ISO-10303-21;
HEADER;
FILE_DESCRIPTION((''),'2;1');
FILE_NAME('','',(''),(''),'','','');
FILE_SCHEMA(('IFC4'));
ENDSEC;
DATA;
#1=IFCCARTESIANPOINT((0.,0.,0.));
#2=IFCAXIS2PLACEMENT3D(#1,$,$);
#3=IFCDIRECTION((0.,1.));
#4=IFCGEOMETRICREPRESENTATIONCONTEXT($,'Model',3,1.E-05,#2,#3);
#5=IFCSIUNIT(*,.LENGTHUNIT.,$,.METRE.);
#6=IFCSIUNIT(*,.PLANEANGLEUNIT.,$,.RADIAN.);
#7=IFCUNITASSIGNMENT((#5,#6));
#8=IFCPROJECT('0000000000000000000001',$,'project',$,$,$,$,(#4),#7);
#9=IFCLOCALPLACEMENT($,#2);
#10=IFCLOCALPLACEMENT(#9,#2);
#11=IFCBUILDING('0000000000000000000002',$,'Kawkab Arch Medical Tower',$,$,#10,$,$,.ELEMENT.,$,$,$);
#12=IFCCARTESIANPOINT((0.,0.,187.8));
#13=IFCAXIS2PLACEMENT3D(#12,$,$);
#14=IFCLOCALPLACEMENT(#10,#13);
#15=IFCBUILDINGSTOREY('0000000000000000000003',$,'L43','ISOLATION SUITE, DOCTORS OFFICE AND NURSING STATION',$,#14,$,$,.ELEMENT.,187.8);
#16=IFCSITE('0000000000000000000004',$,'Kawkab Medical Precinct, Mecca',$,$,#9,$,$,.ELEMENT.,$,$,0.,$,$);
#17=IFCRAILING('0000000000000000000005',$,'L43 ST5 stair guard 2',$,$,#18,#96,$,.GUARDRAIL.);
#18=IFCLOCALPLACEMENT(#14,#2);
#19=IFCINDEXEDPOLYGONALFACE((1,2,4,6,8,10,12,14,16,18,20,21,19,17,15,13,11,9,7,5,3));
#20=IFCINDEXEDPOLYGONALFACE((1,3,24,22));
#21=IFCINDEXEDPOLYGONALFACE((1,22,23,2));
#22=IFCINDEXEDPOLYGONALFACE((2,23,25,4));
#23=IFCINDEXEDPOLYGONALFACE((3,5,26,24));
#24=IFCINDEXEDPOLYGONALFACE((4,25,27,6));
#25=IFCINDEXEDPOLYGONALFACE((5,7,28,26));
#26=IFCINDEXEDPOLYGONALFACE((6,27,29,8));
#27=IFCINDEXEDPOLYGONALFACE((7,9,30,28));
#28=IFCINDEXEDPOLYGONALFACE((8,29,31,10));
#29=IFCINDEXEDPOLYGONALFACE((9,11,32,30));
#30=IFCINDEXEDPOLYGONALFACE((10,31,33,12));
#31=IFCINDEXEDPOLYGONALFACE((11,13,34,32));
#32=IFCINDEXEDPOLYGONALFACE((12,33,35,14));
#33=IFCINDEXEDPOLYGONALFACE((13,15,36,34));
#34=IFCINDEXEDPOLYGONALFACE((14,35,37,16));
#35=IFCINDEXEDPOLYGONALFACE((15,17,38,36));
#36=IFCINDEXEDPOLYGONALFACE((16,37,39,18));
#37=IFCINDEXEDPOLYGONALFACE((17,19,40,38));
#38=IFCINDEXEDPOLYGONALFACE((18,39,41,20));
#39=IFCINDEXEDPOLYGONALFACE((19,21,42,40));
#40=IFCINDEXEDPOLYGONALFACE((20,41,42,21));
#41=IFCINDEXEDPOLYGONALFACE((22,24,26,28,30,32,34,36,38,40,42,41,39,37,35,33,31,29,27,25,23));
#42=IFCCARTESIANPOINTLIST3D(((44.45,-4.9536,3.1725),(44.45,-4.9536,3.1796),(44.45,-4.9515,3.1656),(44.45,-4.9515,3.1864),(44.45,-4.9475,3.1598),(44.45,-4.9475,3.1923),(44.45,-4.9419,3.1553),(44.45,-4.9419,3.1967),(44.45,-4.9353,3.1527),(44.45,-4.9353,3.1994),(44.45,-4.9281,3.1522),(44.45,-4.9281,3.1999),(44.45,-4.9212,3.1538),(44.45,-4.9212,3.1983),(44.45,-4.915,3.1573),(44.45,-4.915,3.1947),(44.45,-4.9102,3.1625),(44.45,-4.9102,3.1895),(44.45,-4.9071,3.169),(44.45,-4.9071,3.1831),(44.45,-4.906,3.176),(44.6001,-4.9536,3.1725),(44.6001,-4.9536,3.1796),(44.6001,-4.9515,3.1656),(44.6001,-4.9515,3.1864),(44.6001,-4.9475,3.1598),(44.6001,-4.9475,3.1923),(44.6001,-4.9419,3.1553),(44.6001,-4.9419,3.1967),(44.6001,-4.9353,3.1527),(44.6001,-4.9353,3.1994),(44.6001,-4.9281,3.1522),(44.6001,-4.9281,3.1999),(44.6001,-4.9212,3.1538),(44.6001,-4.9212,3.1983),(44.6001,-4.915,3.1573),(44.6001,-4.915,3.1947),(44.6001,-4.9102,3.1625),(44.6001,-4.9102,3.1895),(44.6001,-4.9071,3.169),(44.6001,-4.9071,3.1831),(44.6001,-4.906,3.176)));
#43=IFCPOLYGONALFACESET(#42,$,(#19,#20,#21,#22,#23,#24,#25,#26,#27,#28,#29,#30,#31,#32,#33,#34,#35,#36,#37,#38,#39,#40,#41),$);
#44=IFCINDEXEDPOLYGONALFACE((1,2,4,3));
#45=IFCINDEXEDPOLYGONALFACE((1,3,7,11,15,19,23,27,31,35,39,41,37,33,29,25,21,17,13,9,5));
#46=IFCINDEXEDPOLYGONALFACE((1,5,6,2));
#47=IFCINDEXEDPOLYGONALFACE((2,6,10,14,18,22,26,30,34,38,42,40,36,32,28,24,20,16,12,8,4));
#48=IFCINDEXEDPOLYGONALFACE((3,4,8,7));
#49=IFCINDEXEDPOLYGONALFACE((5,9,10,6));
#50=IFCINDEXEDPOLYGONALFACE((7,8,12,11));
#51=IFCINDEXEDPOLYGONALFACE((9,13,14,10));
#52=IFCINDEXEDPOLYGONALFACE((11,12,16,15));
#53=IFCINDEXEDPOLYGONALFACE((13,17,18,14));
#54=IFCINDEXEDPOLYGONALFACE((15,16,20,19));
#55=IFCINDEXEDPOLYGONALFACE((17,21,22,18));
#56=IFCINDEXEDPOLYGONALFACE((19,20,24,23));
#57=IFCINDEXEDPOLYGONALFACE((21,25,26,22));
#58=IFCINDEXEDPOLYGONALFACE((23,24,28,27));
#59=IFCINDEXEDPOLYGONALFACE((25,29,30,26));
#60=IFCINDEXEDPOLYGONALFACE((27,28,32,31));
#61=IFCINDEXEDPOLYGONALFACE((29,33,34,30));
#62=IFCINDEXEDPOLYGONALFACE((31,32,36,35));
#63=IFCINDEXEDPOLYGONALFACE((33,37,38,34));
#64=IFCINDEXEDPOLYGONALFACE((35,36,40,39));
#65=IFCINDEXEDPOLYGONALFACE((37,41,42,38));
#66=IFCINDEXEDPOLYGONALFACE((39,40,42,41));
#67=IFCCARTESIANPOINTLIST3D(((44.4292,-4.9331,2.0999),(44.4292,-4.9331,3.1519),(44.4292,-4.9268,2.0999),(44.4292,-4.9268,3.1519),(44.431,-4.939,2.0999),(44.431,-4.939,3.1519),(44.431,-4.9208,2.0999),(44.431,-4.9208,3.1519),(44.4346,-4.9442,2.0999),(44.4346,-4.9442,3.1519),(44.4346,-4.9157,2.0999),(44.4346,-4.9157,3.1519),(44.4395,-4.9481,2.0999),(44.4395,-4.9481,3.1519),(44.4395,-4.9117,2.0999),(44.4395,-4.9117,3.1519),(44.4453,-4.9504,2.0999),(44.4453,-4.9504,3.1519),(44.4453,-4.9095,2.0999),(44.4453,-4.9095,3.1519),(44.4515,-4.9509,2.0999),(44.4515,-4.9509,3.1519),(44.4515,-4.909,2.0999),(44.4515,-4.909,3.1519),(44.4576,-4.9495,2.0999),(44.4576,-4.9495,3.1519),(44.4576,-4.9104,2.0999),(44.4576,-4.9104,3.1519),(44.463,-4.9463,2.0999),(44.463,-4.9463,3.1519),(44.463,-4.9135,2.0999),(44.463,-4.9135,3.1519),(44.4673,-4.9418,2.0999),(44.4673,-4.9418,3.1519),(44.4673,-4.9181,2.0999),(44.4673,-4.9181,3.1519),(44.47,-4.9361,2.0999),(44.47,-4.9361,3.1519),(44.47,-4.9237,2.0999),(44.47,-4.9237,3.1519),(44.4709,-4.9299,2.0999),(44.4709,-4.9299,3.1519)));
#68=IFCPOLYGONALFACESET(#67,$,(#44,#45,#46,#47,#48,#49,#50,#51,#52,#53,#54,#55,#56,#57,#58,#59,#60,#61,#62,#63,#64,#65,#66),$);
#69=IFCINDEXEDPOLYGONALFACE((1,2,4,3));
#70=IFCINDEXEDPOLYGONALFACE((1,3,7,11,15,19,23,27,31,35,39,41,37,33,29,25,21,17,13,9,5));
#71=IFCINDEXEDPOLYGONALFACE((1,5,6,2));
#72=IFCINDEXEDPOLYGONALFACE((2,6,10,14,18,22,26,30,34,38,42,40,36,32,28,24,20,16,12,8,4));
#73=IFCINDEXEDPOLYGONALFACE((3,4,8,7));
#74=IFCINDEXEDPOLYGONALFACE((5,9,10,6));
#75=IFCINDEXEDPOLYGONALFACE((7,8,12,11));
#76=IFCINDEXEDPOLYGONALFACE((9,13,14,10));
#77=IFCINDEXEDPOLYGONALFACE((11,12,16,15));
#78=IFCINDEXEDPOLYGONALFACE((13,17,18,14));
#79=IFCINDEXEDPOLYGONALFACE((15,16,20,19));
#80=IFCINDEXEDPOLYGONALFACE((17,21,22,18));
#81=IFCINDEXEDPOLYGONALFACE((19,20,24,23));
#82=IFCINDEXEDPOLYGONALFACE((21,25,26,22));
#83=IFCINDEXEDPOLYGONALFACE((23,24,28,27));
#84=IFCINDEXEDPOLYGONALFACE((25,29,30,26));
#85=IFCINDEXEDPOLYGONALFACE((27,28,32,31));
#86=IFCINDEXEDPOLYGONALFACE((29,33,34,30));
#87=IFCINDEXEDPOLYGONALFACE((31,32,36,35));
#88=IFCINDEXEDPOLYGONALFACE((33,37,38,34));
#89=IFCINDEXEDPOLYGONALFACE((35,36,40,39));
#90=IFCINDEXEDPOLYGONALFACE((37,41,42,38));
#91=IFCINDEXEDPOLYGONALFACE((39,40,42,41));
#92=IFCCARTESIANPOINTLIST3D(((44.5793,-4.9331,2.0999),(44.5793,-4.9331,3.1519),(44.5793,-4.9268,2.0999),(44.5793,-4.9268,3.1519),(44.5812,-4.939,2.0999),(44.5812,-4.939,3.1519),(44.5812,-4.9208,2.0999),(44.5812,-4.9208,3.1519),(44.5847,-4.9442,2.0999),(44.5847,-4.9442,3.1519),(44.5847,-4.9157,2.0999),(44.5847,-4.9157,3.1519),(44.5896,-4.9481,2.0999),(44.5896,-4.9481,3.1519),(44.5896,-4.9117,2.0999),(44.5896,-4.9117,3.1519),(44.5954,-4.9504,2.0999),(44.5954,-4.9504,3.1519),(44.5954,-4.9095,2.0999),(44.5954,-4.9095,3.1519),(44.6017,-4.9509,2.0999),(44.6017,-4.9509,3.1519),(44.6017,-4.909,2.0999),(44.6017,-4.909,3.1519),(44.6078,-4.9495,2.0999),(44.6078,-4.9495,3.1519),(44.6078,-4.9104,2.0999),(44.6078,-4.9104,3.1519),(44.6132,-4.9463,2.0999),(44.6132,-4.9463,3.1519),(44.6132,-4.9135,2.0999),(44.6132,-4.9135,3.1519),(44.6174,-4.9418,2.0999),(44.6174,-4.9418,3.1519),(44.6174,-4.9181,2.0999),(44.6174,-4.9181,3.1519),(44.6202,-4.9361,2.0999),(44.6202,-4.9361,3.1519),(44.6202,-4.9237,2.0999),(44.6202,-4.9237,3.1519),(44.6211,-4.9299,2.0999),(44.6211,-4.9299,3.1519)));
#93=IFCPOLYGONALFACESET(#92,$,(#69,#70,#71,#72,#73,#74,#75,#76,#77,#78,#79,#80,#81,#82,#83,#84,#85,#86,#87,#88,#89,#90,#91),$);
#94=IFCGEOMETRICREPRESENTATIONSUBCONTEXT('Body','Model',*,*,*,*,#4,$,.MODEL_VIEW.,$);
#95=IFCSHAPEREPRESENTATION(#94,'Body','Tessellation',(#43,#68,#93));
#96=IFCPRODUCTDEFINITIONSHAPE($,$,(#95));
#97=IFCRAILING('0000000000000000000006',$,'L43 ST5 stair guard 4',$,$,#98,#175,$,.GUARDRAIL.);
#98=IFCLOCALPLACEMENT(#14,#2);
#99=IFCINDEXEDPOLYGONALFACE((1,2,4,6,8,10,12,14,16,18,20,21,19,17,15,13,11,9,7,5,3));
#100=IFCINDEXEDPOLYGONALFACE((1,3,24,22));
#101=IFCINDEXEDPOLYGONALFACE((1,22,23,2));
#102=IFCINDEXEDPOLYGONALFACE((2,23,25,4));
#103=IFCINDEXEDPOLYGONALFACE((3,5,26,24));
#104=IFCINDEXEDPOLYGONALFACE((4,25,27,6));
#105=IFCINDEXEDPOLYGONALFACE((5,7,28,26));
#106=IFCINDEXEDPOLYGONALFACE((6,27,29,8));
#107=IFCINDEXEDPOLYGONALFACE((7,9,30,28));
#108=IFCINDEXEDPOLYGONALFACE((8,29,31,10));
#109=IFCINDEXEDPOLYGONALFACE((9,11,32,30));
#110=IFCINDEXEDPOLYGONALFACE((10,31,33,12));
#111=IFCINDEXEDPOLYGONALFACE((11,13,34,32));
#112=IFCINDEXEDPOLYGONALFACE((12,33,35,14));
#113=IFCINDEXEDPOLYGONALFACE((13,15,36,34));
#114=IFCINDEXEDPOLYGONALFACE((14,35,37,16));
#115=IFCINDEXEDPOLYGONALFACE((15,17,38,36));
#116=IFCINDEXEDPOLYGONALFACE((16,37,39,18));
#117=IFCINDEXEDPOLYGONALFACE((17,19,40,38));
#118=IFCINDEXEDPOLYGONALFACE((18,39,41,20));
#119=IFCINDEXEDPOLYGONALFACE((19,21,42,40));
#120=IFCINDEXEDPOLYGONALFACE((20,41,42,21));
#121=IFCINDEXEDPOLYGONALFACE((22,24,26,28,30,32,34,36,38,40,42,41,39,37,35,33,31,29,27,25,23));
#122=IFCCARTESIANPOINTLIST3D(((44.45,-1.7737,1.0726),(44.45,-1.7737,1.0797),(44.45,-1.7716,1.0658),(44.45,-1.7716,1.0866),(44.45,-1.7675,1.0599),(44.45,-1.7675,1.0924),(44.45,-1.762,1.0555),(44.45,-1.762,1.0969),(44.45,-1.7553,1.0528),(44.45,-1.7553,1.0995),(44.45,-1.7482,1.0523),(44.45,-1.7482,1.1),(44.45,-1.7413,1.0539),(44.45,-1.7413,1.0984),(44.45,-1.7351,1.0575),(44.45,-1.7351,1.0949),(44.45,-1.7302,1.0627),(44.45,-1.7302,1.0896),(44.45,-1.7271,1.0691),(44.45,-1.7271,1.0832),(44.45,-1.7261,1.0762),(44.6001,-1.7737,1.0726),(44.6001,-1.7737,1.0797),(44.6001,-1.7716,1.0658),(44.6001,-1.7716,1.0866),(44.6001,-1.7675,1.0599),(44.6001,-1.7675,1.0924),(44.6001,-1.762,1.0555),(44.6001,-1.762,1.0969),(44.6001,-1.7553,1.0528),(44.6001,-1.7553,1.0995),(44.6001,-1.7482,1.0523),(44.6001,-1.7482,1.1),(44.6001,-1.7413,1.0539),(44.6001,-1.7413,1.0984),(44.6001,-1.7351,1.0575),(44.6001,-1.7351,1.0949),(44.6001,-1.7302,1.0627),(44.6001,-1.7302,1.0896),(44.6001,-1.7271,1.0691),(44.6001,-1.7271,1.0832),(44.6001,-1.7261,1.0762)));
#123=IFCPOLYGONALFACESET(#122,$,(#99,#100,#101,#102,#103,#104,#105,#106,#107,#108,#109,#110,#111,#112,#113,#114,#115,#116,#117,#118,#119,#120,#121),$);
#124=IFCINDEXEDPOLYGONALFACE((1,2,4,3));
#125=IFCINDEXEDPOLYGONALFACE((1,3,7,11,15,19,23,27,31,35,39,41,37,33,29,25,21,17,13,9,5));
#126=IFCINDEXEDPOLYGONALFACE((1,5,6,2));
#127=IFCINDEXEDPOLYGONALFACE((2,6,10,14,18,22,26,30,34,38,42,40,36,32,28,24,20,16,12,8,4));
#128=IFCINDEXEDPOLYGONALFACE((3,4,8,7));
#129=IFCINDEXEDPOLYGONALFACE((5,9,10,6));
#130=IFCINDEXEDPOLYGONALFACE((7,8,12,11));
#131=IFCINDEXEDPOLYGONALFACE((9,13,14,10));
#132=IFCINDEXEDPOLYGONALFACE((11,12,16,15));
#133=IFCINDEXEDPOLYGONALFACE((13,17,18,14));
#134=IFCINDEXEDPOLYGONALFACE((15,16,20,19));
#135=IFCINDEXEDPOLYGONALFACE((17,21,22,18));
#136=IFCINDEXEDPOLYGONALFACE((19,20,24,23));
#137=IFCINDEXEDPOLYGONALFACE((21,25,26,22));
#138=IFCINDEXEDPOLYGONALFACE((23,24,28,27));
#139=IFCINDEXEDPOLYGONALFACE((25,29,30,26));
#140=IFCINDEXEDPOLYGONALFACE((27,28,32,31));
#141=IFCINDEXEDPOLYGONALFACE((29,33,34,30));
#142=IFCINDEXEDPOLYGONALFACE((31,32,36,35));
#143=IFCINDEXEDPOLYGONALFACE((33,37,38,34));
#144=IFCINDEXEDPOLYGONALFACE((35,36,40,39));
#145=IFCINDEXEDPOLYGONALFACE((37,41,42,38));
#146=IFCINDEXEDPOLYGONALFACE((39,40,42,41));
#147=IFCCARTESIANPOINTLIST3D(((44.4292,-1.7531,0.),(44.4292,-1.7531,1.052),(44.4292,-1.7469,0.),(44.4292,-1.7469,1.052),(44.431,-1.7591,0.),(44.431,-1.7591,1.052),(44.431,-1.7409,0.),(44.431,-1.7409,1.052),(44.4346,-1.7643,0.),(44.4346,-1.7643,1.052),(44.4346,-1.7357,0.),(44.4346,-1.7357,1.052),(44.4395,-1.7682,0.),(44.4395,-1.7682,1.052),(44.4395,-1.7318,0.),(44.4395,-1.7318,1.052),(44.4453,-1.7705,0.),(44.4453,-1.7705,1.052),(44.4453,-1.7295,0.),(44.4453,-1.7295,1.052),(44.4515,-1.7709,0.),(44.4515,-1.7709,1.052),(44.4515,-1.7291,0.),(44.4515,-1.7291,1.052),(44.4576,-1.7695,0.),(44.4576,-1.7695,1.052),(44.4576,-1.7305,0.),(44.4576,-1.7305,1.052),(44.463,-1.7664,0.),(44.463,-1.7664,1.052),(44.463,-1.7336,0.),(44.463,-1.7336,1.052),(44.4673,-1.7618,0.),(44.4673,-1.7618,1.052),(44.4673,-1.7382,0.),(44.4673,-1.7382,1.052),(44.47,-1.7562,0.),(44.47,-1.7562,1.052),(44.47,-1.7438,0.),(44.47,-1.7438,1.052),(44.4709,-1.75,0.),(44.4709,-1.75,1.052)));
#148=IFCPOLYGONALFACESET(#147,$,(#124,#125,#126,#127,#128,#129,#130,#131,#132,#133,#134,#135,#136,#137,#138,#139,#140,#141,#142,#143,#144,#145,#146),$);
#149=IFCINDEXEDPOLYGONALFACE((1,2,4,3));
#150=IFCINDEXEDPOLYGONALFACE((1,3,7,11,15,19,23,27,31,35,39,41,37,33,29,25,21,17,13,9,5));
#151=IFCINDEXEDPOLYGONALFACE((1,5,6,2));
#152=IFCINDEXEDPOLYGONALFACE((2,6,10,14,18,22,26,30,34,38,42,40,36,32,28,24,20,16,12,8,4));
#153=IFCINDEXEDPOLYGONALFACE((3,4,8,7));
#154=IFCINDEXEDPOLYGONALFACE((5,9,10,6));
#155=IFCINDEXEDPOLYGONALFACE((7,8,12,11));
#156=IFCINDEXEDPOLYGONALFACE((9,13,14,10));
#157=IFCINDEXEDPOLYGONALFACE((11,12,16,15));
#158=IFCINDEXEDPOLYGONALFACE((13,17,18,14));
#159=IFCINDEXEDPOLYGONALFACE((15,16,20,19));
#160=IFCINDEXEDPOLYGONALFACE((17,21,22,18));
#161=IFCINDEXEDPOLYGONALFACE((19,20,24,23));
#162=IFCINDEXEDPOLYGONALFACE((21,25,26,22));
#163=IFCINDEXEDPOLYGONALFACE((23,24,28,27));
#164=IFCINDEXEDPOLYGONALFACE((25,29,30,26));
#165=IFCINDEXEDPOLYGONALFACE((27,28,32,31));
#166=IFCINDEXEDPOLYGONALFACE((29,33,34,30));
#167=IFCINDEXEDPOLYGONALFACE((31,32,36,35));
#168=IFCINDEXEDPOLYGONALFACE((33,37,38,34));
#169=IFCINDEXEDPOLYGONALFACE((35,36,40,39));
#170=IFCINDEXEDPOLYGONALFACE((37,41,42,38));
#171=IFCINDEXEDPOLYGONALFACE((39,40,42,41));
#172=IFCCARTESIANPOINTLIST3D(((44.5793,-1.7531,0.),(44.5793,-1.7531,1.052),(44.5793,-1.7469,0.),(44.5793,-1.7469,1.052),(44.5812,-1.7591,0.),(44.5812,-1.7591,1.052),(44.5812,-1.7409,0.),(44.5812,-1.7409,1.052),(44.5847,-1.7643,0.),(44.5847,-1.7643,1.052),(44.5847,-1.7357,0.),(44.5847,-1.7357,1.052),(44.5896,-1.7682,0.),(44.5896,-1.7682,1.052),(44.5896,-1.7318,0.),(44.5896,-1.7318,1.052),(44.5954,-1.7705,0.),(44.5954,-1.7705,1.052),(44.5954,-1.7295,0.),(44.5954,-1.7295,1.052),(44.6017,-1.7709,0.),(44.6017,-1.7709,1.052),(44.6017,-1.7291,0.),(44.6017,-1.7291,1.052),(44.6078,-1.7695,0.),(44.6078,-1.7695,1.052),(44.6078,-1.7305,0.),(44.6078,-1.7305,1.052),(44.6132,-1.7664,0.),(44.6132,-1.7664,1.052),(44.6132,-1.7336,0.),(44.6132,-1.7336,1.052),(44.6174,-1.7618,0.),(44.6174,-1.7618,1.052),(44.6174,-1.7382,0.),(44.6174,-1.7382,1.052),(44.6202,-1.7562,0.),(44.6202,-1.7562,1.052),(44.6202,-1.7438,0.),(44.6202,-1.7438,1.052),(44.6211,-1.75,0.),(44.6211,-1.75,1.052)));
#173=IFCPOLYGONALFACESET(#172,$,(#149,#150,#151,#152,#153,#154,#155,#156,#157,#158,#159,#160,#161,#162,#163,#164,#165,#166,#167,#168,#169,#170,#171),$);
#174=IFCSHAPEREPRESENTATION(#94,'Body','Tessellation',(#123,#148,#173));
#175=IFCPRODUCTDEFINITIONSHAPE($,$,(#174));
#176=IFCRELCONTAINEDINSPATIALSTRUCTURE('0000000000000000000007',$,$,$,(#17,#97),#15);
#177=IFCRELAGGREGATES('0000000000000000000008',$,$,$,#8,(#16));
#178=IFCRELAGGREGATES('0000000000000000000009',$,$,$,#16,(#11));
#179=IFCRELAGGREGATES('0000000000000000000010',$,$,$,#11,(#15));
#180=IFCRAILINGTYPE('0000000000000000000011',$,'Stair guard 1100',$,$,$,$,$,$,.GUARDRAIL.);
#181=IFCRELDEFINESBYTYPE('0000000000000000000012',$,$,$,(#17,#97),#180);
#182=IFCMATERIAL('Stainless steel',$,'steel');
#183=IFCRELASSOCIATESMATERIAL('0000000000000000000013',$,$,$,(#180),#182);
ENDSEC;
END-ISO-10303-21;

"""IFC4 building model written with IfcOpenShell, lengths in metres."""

from ifc_helpers import new_model, si_unit, direction, frame, origin, origin_2d, place, context, subcontext, project, spatial, circle, extrude, material, type_object, element, save


model = new_model("IFC4")

# Units and contexts
model_context = context("Model", 3, precision=1e-05, world=origin(), true_north=direction((0.0, 1.0)))
body_context = subcontext(model_context, "Body", "Model", "MODEL_VIEW")
ifc_project = project(units=[si_unit("LENGTHUNIT", "METRE"), si_unit("PLANEANGLEUNIT", "RADIAN")], contexts=[model_context])

# Site, building, storey
site_placement = place(None, origin())
site = spatial("IfcSite", under=ifc_project, at=site_placement, Name="Kawkab Medical Precinct, Mecca", CompositionType="ELEMENT", RefElevation=0.0)
building_placement = place(site_placement, origin())
building = spatial("IfcBuilding", under=site, at=building_placement, Name="Kawkab Arch Medical Tower", CompositionType="ELEMENT")
storey_placement = place(building_placement, frame((0.0, 0.0, 187.8)))
storey = spatial("IfcBuildingStorey", under=building, at=storey_placement, Name="L43", Description="ISOLATION SUITE, DOCTORS OFFICE AND NURSING STATION", CompositionType="ELEMENT", Elevation=187.8)

# Railings
ifc_material_1 = material(Name="Stainless steel", Category="steel")
railing_type = type_object("IfcRailingType", Name="Stair guard 1100", PredefinedType="GUARDRAIL", material=ifc_material_1)
for number, where, name in (
    (1, (44.45, -4.9299, 2.0999), "L43 ST5 stair guard 2"),
    (2, (44.45, -1.75, 0.0), "L43 ST5 stair guard 4"),
):
    element("IfcRailing", number, at=place(storey_placement, frame(where)), inside=storey, type_object=railing_type, Name=name, PredefinedType="GUARDRAIL", context=body_context, shape_type="SweptSolid", body=[
        extrude(circle(Radius=0.0239, at=origin_2d()), frame((0.0, 0.0, 1.0762), z_axis=(1.0, 0.0, 0.0), x_axis=(0.0, 1.0, 0.0)), (0.0, 0.0, 1.0), 0.1501),
        extrude(circle(Radius=0.021, at=origin_2d()), origin(), (0.0, 0.0, 1.0), 1.052),
        extrude(circle(Radius=0.021, at=origin_2d()), frame((0.1501, 0.0, 0.0)), (0.0, 0.0, 1.0), 1.052),
    ])

save(model, "model.ifc")
